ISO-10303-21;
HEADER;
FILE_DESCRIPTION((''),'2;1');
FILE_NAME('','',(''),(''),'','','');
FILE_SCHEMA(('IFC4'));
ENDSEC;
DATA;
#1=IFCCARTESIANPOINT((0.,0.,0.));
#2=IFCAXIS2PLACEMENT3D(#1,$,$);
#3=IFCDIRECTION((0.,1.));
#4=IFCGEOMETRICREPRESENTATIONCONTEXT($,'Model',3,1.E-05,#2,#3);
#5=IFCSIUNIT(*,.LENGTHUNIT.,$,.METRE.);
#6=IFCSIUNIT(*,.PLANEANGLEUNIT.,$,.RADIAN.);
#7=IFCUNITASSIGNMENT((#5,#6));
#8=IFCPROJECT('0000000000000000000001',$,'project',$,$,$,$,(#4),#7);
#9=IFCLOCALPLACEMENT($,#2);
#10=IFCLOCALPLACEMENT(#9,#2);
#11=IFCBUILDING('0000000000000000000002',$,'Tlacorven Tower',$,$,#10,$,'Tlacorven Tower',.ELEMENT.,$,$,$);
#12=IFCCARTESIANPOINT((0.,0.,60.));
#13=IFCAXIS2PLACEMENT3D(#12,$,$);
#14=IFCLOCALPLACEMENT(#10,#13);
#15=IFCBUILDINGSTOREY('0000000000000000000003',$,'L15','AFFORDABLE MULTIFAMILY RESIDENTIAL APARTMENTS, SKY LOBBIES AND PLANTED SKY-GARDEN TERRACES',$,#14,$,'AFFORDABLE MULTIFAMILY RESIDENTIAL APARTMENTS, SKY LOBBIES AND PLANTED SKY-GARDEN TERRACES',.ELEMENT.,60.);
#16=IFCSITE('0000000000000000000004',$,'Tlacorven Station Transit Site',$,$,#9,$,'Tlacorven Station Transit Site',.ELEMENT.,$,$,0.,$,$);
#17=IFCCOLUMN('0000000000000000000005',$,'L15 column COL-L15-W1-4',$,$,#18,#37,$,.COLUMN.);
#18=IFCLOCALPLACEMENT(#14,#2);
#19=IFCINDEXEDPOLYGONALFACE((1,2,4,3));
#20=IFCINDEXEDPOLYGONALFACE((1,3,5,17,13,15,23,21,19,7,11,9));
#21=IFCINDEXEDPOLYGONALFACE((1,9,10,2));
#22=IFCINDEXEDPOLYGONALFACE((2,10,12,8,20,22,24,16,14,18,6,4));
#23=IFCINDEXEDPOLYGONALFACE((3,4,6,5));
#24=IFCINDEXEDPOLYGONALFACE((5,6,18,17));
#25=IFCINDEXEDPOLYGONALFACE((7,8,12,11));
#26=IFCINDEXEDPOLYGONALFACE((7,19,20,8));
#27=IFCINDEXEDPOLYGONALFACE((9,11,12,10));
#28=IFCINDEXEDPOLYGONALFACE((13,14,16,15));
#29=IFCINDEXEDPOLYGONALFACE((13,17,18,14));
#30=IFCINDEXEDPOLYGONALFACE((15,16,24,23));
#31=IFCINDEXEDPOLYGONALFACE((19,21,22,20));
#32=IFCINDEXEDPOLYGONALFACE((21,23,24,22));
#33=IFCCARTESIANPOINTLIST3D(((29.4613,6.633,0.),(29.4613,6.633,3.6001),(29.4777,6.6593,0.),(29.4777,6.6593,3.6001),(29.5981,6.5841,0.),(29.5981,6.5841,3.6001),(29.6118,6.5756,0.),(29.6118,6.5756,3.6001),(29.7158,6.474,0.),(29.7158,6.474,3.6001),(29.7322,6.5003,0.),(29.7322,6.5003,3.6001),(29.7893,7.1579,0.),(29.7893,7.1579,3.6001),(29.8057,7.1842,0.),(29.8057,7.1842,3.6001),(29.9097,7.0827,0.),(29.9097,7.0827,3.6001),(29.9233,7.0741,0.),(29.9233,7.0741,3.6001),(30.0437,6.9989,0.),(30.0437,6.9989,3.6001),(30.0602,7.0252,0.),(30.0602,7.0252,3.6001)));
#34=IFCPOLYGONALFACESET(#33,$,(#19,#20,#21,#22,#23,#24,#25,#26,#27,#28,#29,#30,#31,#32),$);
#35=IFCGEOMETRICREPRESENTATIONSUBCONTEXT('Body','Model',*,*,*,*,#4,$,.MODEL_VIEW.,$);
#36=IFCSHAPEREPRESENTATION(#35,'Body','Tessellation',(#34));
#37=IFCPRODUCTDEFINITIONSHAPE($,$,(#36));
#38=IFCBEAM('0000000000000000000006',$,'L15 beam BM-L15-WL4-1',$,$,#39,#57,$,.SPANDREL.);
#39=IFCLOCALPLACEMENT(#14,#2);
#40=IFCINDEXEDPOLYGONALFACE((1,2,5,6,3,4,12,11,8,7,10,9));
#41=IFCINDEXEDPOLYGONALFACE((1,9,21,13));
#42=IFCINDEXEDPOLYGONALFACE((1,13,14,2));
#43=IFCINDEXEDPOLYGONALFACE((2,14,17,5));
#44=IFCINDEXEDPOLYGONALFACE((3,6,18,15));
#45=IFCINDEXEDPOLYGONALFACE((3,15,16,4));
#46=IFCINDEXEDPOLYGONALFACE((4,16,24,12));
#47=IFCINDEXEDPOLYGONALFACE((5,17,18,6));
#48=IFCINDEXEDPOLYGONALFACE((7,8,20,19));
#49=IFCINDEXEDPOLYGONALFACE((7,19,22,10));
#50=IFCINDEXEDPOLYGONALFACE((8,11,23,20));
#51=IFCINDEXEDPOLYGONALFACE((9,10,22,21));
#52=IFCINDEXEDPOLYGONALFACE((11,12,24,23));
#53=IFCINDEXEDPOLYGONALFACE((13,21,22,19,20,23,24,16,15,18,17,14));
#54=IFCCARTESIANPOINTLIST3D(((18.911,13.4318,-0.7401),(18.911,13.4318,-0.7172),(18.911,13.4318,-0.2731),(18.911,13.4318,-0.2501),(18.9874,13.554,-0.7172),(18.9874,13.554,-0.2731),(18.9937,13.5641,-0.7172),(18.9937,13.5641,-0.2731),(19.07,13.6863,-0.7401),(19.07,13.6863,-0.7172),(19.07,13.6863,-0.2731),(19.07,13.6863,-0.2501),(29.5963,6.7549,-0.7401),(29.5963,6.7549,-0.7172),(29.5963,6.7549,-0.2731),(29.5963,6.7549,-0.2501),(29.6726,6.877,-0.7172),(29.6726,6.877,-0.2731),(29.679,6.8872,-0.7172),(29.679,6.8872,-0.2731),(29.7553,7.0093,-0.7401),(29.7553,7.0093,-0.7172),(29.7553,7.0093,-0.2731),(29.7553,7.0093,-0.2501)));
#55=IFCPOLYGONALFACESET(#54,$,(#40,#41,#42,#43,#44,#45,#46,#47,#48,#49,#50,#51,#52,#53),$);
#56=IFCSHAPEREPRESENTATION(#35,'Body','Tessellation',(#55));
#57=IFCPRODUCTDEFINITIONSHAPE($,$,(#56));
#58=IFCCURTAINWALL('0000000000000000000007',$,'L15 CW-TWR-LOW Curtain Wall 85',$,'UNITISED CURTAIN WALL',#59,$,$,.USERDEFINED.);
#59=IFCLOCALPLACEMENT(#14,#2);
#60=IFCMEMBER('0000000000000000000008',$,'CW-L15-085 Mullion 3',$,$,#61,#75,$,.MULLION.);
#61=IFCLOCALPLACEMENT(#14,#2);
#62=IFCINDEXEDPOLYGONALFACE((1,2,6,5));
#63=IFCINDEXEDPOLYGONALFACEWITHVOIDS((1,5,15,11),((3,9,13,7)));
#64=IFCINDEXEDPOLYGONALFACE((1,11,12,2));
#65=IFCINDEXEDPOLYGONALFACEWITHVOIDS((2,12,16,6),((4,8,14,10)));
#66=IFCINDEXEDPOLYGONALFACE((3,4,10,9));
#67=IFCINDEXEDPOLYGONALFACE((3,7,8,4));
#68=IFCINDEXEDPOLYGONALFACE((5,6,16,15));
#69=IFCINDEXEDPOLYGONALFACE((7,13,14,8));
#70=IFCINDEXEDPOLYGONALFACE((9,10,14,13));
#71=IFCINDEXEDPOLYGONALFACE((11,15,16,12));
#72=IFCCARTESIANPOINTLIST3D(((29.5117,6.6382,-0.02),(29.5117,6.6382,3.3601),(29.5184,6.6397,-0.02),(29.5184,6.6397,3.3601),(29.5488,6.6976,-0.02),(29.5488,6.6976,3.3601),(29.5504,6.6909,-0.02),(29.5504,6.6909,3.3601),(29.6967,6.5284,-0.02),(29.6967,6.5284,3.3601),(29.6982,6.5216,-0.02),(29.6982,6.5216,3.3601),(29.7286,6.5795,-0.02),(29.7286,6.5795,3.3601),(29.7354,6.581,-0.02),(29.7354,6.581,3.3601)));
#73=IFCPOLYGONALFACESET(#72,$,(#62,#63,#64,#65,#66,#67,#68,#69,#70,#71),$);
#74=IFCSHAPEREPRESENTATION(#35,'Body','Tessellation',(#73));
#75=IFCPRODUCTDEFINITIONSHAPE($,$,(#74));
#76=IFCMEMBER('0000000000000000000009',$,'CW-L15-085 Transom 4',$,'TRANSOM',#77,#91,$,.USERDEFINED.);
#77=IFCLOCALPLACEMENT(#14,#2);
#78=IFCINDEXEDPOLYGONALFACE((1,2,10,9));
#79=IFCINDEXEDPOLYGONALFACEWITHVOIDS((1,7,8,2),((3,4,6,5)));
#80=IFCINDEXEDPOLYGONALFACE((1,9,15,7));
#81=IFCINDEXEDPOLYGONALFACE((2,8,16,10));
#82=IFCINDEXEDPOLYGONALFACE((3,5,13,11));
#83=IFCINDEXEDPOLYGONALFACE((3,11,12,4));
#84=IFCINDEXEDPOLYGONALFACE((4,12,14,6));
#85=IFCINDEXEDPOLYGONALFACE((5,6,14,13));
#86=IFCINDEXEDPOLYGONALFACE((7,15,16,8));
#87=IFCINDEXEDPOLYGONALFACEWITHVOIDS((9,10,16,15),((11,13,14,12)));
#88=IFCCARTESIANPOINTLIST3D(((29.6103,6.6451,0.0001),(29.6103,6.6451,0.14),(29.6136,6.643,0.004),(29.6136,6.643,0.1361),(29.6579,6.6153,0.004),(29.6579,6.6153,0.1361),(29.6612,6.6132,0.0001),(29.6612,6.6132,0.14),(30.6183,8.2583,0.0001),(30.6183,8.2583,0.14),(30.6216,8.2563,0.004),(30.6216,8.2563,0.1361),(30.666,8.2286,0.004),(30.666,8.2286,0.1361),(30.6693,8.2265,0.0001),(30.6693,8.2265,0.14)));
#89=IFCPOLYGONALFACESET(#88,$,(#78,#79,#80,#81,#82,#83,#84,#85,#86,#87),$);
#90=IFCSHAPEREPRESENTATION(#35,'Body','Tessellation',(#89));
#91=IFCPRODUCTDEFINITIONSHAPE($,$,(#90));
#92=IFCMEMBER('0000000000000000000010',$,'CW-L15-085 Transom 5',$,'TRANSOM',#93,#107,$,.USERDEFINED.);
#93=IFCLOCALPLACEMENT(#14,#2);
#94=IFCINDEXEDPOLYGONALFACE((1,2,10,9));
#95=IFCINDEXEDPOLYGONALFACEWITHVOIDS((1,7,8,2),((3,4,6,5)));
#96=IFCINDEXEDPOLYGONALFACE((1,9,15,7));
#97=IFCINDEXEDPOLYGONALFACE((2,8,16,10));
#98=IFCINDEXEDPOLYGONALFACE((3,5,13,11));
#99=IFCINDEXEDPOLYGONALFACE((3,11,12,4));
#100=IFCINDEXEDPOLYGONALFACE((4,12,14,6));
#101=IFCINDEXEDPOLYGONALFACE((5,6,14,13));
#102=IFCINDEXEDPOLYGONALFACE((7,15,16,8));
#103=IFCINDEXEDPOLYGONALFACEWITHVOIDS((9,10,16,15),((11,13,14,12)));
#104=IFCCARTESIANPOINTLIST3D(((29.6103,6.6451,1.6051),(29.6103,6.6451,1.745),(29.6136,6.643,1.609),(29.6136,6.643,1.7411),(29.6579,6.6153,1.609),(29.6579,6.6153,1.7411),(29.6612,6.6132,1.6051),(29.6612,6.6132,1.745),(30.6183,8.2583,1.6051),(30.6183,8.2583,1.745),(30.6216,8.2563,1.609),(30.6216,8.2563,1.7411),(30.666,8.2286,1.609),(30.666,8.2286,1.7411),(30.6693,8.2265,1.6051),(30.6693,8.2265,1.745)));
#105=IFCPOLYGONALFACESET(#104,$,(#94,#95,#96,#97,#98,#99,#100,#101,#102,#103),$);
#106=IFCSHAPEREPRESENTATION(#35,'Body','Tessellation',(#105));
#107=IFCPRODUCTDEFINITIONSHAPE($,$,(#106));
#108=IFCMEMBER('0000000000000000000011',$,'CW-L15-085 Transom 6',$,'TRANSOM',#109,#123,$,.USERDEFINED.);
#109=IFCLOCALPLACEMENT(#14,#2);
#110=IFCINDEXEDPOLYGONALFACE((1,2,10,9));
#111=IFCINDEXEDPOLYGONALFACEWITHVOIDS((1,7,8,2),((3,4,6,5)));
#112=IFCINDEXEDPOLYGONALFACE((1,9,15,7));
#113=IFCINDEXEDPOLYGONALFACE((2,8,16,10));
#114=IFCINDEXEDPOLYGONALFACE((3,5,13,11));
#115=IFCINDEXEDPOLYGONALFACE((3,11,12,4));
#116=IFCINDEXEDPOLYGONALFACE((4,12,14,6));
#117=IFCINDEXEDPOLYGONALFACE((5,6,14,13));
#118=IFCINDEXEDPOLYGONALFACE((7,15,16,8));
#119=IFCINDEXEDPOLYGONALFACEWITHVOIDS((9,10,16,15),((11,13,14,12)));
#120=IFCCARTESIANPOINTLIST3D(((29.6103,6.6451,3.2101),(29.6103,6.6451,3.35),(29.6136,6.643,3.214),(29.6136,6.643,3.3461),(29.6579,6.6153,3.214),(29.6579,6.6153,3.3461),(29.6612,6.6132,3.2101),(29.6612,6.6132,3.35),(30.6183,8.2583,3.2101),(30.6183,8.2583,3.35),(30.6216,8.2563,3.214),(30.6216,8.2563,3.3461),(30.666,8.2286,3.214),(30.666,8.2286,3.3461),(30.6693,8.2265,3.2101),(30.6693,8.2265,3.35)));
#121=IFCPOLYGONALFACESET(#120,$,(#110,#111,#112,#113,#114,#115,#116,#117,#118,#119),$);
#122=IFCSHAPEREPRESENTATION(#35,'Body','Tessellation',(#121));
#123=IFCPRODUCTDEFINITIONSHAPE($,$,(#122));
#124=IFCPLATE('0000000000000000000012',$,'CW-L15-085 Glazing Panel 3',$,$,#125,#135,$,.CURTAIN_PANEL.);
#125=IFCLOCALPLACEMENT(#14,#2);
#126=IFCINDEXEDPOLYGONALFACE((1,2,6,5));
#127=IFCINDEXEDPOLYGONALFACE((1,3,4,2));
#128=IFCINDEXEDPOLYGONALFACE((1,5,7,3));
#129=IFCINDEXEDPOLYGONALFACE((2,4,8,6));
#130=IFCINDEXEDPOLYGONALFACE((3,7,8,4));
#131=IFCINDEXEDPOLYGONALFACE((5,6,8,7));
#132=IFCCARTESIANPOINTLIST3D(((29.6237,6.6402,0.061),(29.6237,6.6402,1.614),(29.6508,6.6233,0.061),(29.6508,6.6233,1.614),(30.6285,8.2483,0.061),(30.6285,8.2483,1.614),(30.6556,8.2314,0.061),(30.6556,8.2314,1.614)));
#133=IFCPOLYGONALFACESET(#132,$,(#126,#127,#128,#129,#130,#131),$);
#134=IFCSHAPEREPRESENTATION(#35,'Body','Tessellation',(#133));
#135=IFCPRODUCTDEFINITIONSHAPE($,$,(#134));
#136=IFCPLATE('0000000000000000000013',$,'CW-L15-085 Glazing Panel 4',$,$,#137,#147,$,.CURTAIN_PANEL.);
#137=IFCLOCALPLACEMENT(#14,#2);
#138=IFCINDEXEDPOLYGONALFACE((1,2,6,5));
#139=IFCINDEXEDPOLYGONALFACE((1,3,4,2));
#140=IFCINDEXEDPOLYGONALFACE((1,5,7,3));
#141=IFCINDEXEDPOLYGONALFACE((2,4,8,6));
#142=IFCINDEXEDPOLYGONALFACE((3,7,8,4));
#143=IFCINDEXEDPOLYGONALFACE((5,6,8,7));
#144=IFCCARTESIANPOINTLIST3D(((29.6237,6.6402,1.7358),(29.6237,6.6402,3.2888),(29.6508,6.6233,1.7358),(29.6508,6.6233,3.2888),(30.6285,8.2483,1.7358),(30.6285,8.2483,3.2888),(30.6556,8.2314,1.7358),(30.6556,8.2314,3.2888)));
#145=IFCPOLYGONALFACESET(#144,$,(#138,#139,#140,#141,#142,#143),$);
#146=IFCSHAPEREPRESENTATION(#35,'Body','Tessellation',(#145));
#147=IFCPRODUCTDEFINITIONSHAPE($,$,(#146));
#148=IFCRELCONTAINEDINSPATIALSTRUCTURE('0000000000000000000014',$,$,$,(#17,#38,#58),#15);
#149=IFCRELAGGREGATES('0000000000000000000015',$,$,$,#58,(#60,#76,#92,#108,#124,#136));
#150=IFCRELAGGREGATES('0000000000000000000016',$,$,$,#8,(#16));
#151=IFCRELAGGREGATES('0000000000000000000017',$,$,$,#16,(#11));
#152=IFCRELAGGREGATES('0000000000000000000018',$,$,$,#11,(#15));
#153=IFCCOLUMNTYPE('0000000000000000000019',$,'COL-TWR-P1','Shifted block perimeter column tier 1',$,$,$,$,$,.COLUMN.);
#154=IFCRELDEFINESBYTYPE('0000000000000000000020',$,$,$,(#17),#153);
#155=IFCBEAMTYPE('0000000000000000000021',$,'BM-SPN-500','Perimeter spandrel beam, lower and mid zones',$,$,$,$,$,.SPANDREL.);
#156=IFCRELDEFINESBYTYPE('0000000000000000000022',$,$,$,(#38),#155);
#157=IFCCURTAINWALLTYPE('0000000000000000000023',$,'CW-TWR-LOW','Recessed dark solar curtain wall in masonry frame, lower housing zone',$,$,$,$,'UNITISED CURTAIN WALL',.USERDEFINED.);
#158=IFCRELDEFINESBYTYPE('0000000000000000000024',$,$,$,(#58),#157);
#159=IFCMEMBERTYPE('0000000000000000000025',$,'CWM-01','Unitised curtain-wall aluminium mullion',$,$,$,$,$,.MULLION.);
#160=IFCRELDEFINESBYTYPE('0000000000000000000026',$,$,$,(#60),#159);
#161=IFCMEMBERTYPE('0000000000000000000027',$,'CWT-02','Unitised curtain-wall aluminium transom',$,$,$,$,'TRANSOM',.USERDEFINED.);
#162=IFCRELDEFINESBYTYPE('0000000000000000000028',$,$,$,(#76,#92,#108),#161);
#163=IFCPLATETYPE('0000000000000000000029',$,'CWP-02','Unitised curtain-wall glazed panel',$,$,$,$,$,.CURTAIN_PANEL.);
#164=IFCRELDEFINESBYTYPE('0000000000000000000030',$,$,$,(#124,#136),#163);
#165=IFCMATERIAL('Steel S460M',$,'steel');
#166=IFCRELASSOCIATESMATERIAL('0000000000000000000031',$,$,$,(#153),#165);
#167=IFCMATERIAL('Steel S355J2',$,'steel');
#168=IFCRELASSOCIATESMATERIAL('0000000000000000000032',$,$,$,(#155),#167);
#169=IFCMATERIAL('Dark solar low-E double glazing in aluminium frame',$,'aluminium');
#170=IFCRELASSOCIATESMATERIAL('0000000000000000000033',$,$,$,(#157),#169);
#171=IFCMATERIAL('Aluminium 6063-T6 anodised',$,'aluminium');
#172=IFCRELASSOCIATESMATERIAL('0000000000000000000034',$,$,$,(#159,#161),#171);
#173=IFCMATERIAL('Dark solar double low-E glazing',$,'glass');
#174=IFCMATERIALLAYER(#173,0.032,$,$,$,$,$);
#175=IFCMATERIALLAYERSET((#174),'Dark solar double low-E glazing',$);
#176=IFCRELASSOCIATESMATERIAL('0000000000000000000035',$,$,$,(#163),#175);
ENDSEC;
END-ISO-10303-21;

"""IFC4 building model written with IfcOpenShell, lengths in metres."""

from ifc_helpers import new_model, si_unit, direction, frame, origin, origin_2d, place, context, subcontext, project, spatial, rectangle, hollow_rectangle, i_section, extrude, source, transform, mapped, material, layer, layer_set, material_profile, profile_set, type_object, element, aggregate, save


model = new_model("IFC4")

# Units and contexts
model_context = context("Model", 3, precision=1e-05, world=origin(), true_north=direction((0.0, 1.0)))
body_context = subcontext(model_context, "Body", "Model", "MODEL_VIEW")
ifc_project = project(units=[si_unit("LENGTHUNIT", "METRE"), si_unit("PLANEANGLEUNIT", "RADIAN")], contexts=[model_context])

# Site, building, storey
site_placement = place(None, origin())
site = spatial("IfcSite", under=ifc_project, at=site_placement, Name="Tlacorven Station Transit Site", LongName="Tlacorven Station Transit Site", CompositionType="ELEMENT", RefElevation=0.0)
building_placement = place(site_placement, origin())
building = spatial("IfcBuilding", under=site, at=building_placement, Name="Tlacorven Tower", LongName="Tlacorven Tower", CompositionType="ELEMENT")
storey_placement = place(building_placement, frame((0.0, 0.0, 60.0)))
storey = spatial("IfcBuildingStorey", under=building, at=storey_placement, Name="L15", Description="AFFORDABLE MULTIFAMILY RESIDENTIAL APARTMENTS, SKY LOBBIES AND PLANTED SKY-GARDEN TERRACES", LongName="AFFORDABLE MULTIFAMILY RESIDENTIAL APARTMENTS, SKY LOBBIES AND PLANTED SKY-GARDEN TERRACES", CompositionType="ELEMENT", Elevation=60.0)

# Column
ifc_material_1 = material(Name="Steel S460M", Category="steel")
ifc_material_profile_1 = material_profile(ifc_material_1, i_section(OverallWidth=0.3, OverallDepth=0.6499, WebThickness=0.0161, FlangeThickness=0.031, at=origin_2d()), Name="HEB 650")
ifc_profile_set_1 = profile_set([ifc_material_profile_1], Name="Steel S460M")
column_type = type_object("IfcColumnType", Name="COL-TWR-P1", Description="Shifted block perimeter column tier 1", PredefinedType="COLUMN", material=ifc_profile_set_1)
shared_shape_1 = source(origin(), body_context, "Body", "SweptSolid", [
    extrude(i_section(OverallWidth=0.3, OverallDepth=0.6499, WebThickness=0.0161, FlangeThickness=0.031, at=origin_2d()), origin(), (0.0, 0.0, 1.0), 3.6001),
])
column_placement = place(storey_placement, frame((29.7607, 6.8291, 0.0), z_axis=(0.0, 0.0, 1.0), x_axis=(-0.848048, 0.529919, 0.0)))
element("IfcColumn", 1, at=column_placement, inside=storey, type_object=column_type, Name="L15 column COL-L15-W1-4", PredefinedType="COLUMN", context=body_context, shape_type="MappedRepresentation", body=[
    mapped(shared_shape_1, transform((0.0, 0.0, 0.0), scale=1.0)),
])

# Beam
ifc_material_2 = material(Name="Steel S355J2", Category="steel")
ifc_material_profile_2 = material_profile(ifc_material_2, i_section(OverallWidth=0.3, OverallDepth=0.49, WebThickness=0.012, FlangeThickness=0.0229, at=origin_2d()), Name="HEA 500")
ifc_profile_set_2 = profile_set([ifc_material_profile_2], Name="Steel S355J2")
beam_type = type_object("IfcBeamType", Name="BM-SPN-500", Description="Perimeter spandrel beam, lower and mid zones", PredefinedType="SPANDREL", material=ifc_profile_set_2)
shared_shape_2 = source(origin(), body_context, "Body", "SweptSolid", [
    extrude(i_section(OverallWidth=0.3, OverallDepth=0.49, WebThickness=0.012, FlangeThickness=0.0229, at=origin_2d()), origin(), (0.0, 0.0, 1.0), 12.5999),
])
beam_placement = place(storey_placement, frame((29.6758, 6.8821, -0.4951), z_axis=(-0.848045, 0.529924, 0.0), x_axis=(-0.529924, -0.848045, 0.0)))
element("IfcBeam", 2, at=beam_placement, inside=storey, type_object=beam_type, Name="L15 beam BM-L15-WL4-1", PredefinedType="SPANDREL", context=body_context, shape_type="MappedRepresentation", body=[
    mapped(shared_shape_2, transform((0.0, 0.0, 0.0), scale=1.0)),
])

# Curtain wall, members, plates
ifc_material_3 = material(Name="Dark solar low-E double glazing in aluminium frame", Category="aluminium")
curtain_wall_type = type_object("IfcCurtainWallType", Name="CW-TWR-LOW", Description="Recessed dark solar curtain wall in masonry frame, lower housing zone", ElementType="UNITISED CURTAIN WALL", PredefinedType="USERDEFINED", material=ifc_material_3)
curtain_wall_placement = place(storey_placement, origin())
curtain_wall = element("IfcCurtainWall", 3, at=curtain_wall_placement, inside=storey, type_object=curtain_wall_type, Name="L15 CW-TWR-LOW Curtain Wall 85", ObjectType="UNITISED CURTAIN WALL", PredefinedType="USERDEFINED")
ifc_material_4 = material(Name="Aluminium 6063-T6 anodised", Category="aluminium")
ifc_material_profile_3 = material_profile(ifc_material_4, hollow_rectangle(XDim=0.0701, YDim=0.22, WallThickness=0.0049, at=origin_2d()), Name="ALU MULLION 70X220")
ifc_profile_set_3 = profile_set([ifc_material_profile_3], Name="Aluminium 6063-T6 anodised")
member_type_1 = type_object("IfcMemberType", Name="CWM-01", Description="Unitised curtain-wall aluminium mullion", PredefinedType="MULLION", material=ifc_profile_set_3)
shared_shape_3 = source(origin(), body_context, "Body", "SweptSolid", [
    extrude(hollow_rectangle(XDim=0.0701, YDim=0.22, WallThickness=0.0049, at=origin_2d()), origin(), (0.0, 0.0, 1.0), 3.3801),
])
member_1_placement = place(storey_placement, frame((29.6235, 6.6096, -0.02), z_axis=(0.0, 0.0, 1.0), x_axis=(-0.529919, -0.848048, 0.0)))
member_1 = element("IfcMember", 4, at=member_1_placement, type_object=member_type_1, Name="CW-L15-085 Mullion 3", PredefinedType="MULLION", context=body_context, shape_type="MappedRepresentation", body=[
    mapped(shared_shape_3, transform((0.0, 0.0, 0.0), scale=1.0)),
])
ifc_material_profile_4 = material_profile(ifc_material_4, hollow_rectangle(XDim=0.0601, YDim=0.1399, WallThickness=0.0039, at=origin_2d()), Name="ALU TRANSOM 60X140")
ifc_profile_set_4 = profile_set([ifc_material_profile_4], Name="Aluminium 6063-T6 anodised")
member_type_2 = type_object("IfcMemberType", Name="CWT-02", Description="Unitised curtain-wall aluminium transom", ElementType="TRANSOM", PredefinedType="USERDEFINED", material=ifc_profile_set_4)
shared_shape_4 = source(origin(), body_context, "Body", "SweptSolid", [
    extrude(hollow_rectangle(XDim=0.0601, YDim=0.1399, WallThickness=0.0039, at=origin_2d()), origin(), (0.0, 0.0, 1.0), 1.9023),
])
member_2_placement = place(storey_placement, frame((30.6438, 8.2424, 0.0701), z_axis=(-0.529907, -0.848056, 0.0), x_axis=(0.848056, -0.529907, 0.0)))
member_2 = element("IfcMember", 5, at=member_2_placement, type_object=member_type_2, Name="CW-L15-085 Transom 4", ObjectType="TRANSOM", PredefinedType="USERDEFINED", context=body_context, shape_type="MappedRepresentation", body=[
    mapped(shared_shape_4, transform((0.0, 0.0, 0.0), scale=1.0)),
])
member_3_placement = place(storey_placement, frame((30.6438, 8.2424, 1.675), z_axis=(-0.529907, -0.848056, 0.0), x_axis=(0.848056, -0.529907, 0.0)))
member_3 = element("IfcMember", 6, at=member_3_placement, type_object=member_type_2, Name="CW-L15-085 Transom 5", ObjectType="TRANSOM", PredefinedType="USERDEFINED", context=body_context, shape_type="MappedRepresentation", body=[
    mapped(shared_shape_4, transform((0.0, 0.0, 0.0), scale=1.0)),
])
member_4_placement = place(storey_placement, frame((30.6438, 8.2424, 3.28), z_axis=(-0.529907, -0.848056, 0.0), x_axis=(0.848056, -0.529907, 0.0)))
member_4 = element("IfcMember", 7, at=member_4_placement, type_object=member_type_2, Name="CW-L15-085 Transom 6", ObjectType="TRANSOM", PredefinedType="USERDEFINED", context=body_context, shape_type="MappedRepresentation", body=[
    mapped(shared_shape_4, transform((0.0, 0.0, 0.0), scale=1.0)),
])
ifc_material_5 = material(Name="Dark solar double low-E glazing", Category="glass")
ifc_layer_1 = layer(ifc_material_5, 0.032)
ifc_layer_set_1 = layer_set([ifc_layer_1], Name="Dark solar double low-E glazing")
plate_type = type_object("IfcPlateType", Name="CWP-02", Description="Unitised curtain-wall glazed panel", PredefinedType="CURTAIN_PANEL", material=ifc_layer_set_1)
shared_shape_5 = source(origin(), body_context, "Body", "SweptSolid", [
    extrude(rectangle(XDim=1.8962, YDim=0.032, at=origin_2d()), origin(), (0.0, 0.0, 1.0), 1.553),
])
plate_1_placement = place(storey_placement, frame((30.1396, 7.4358, 0.061), z_axis=(0.0, 0.0, 1.0), x_axis=(-0.529919, -0.848048, 0.0)))
plate_1 = element("IfcPlate", 8, at=plate_1_placement, type_object=plate_type, Name="CW-L15-085 Glazing Panel 3", PredefinedType="CURTAIN_PANEL", context=body_context, shape_type="MappedRepresentation", body=[
    mapped(shared_shape_5, transform((0.0, 0.0, 0.0), scale=1.0)),
])
plate_2_placement = place(storey_placement, frame((30.1396, 7.4358, 1.7358), z_axis=(0.0, 0.0, 1.0), x_axis=(-0.529919, -0.848048, 0.0)))
plate_2 = element("IfcPlate", 9, at=plate_2_placement, type_object=plate_type, Name="CW-L15-085 Glazing Panel 4", PredefinedType="CURTAIN_PANEL", context=body_context, shape_type="MappedRepresentation", body=[
    mapped(shared_shape_5, transform((0.0, 0.0, 0.0), scale=1.0)),
])
aggregate(curtain_wall, [member_1, member_2, member_3, member_4, plate_1, plate_2])

save(model, "model.ifc")
